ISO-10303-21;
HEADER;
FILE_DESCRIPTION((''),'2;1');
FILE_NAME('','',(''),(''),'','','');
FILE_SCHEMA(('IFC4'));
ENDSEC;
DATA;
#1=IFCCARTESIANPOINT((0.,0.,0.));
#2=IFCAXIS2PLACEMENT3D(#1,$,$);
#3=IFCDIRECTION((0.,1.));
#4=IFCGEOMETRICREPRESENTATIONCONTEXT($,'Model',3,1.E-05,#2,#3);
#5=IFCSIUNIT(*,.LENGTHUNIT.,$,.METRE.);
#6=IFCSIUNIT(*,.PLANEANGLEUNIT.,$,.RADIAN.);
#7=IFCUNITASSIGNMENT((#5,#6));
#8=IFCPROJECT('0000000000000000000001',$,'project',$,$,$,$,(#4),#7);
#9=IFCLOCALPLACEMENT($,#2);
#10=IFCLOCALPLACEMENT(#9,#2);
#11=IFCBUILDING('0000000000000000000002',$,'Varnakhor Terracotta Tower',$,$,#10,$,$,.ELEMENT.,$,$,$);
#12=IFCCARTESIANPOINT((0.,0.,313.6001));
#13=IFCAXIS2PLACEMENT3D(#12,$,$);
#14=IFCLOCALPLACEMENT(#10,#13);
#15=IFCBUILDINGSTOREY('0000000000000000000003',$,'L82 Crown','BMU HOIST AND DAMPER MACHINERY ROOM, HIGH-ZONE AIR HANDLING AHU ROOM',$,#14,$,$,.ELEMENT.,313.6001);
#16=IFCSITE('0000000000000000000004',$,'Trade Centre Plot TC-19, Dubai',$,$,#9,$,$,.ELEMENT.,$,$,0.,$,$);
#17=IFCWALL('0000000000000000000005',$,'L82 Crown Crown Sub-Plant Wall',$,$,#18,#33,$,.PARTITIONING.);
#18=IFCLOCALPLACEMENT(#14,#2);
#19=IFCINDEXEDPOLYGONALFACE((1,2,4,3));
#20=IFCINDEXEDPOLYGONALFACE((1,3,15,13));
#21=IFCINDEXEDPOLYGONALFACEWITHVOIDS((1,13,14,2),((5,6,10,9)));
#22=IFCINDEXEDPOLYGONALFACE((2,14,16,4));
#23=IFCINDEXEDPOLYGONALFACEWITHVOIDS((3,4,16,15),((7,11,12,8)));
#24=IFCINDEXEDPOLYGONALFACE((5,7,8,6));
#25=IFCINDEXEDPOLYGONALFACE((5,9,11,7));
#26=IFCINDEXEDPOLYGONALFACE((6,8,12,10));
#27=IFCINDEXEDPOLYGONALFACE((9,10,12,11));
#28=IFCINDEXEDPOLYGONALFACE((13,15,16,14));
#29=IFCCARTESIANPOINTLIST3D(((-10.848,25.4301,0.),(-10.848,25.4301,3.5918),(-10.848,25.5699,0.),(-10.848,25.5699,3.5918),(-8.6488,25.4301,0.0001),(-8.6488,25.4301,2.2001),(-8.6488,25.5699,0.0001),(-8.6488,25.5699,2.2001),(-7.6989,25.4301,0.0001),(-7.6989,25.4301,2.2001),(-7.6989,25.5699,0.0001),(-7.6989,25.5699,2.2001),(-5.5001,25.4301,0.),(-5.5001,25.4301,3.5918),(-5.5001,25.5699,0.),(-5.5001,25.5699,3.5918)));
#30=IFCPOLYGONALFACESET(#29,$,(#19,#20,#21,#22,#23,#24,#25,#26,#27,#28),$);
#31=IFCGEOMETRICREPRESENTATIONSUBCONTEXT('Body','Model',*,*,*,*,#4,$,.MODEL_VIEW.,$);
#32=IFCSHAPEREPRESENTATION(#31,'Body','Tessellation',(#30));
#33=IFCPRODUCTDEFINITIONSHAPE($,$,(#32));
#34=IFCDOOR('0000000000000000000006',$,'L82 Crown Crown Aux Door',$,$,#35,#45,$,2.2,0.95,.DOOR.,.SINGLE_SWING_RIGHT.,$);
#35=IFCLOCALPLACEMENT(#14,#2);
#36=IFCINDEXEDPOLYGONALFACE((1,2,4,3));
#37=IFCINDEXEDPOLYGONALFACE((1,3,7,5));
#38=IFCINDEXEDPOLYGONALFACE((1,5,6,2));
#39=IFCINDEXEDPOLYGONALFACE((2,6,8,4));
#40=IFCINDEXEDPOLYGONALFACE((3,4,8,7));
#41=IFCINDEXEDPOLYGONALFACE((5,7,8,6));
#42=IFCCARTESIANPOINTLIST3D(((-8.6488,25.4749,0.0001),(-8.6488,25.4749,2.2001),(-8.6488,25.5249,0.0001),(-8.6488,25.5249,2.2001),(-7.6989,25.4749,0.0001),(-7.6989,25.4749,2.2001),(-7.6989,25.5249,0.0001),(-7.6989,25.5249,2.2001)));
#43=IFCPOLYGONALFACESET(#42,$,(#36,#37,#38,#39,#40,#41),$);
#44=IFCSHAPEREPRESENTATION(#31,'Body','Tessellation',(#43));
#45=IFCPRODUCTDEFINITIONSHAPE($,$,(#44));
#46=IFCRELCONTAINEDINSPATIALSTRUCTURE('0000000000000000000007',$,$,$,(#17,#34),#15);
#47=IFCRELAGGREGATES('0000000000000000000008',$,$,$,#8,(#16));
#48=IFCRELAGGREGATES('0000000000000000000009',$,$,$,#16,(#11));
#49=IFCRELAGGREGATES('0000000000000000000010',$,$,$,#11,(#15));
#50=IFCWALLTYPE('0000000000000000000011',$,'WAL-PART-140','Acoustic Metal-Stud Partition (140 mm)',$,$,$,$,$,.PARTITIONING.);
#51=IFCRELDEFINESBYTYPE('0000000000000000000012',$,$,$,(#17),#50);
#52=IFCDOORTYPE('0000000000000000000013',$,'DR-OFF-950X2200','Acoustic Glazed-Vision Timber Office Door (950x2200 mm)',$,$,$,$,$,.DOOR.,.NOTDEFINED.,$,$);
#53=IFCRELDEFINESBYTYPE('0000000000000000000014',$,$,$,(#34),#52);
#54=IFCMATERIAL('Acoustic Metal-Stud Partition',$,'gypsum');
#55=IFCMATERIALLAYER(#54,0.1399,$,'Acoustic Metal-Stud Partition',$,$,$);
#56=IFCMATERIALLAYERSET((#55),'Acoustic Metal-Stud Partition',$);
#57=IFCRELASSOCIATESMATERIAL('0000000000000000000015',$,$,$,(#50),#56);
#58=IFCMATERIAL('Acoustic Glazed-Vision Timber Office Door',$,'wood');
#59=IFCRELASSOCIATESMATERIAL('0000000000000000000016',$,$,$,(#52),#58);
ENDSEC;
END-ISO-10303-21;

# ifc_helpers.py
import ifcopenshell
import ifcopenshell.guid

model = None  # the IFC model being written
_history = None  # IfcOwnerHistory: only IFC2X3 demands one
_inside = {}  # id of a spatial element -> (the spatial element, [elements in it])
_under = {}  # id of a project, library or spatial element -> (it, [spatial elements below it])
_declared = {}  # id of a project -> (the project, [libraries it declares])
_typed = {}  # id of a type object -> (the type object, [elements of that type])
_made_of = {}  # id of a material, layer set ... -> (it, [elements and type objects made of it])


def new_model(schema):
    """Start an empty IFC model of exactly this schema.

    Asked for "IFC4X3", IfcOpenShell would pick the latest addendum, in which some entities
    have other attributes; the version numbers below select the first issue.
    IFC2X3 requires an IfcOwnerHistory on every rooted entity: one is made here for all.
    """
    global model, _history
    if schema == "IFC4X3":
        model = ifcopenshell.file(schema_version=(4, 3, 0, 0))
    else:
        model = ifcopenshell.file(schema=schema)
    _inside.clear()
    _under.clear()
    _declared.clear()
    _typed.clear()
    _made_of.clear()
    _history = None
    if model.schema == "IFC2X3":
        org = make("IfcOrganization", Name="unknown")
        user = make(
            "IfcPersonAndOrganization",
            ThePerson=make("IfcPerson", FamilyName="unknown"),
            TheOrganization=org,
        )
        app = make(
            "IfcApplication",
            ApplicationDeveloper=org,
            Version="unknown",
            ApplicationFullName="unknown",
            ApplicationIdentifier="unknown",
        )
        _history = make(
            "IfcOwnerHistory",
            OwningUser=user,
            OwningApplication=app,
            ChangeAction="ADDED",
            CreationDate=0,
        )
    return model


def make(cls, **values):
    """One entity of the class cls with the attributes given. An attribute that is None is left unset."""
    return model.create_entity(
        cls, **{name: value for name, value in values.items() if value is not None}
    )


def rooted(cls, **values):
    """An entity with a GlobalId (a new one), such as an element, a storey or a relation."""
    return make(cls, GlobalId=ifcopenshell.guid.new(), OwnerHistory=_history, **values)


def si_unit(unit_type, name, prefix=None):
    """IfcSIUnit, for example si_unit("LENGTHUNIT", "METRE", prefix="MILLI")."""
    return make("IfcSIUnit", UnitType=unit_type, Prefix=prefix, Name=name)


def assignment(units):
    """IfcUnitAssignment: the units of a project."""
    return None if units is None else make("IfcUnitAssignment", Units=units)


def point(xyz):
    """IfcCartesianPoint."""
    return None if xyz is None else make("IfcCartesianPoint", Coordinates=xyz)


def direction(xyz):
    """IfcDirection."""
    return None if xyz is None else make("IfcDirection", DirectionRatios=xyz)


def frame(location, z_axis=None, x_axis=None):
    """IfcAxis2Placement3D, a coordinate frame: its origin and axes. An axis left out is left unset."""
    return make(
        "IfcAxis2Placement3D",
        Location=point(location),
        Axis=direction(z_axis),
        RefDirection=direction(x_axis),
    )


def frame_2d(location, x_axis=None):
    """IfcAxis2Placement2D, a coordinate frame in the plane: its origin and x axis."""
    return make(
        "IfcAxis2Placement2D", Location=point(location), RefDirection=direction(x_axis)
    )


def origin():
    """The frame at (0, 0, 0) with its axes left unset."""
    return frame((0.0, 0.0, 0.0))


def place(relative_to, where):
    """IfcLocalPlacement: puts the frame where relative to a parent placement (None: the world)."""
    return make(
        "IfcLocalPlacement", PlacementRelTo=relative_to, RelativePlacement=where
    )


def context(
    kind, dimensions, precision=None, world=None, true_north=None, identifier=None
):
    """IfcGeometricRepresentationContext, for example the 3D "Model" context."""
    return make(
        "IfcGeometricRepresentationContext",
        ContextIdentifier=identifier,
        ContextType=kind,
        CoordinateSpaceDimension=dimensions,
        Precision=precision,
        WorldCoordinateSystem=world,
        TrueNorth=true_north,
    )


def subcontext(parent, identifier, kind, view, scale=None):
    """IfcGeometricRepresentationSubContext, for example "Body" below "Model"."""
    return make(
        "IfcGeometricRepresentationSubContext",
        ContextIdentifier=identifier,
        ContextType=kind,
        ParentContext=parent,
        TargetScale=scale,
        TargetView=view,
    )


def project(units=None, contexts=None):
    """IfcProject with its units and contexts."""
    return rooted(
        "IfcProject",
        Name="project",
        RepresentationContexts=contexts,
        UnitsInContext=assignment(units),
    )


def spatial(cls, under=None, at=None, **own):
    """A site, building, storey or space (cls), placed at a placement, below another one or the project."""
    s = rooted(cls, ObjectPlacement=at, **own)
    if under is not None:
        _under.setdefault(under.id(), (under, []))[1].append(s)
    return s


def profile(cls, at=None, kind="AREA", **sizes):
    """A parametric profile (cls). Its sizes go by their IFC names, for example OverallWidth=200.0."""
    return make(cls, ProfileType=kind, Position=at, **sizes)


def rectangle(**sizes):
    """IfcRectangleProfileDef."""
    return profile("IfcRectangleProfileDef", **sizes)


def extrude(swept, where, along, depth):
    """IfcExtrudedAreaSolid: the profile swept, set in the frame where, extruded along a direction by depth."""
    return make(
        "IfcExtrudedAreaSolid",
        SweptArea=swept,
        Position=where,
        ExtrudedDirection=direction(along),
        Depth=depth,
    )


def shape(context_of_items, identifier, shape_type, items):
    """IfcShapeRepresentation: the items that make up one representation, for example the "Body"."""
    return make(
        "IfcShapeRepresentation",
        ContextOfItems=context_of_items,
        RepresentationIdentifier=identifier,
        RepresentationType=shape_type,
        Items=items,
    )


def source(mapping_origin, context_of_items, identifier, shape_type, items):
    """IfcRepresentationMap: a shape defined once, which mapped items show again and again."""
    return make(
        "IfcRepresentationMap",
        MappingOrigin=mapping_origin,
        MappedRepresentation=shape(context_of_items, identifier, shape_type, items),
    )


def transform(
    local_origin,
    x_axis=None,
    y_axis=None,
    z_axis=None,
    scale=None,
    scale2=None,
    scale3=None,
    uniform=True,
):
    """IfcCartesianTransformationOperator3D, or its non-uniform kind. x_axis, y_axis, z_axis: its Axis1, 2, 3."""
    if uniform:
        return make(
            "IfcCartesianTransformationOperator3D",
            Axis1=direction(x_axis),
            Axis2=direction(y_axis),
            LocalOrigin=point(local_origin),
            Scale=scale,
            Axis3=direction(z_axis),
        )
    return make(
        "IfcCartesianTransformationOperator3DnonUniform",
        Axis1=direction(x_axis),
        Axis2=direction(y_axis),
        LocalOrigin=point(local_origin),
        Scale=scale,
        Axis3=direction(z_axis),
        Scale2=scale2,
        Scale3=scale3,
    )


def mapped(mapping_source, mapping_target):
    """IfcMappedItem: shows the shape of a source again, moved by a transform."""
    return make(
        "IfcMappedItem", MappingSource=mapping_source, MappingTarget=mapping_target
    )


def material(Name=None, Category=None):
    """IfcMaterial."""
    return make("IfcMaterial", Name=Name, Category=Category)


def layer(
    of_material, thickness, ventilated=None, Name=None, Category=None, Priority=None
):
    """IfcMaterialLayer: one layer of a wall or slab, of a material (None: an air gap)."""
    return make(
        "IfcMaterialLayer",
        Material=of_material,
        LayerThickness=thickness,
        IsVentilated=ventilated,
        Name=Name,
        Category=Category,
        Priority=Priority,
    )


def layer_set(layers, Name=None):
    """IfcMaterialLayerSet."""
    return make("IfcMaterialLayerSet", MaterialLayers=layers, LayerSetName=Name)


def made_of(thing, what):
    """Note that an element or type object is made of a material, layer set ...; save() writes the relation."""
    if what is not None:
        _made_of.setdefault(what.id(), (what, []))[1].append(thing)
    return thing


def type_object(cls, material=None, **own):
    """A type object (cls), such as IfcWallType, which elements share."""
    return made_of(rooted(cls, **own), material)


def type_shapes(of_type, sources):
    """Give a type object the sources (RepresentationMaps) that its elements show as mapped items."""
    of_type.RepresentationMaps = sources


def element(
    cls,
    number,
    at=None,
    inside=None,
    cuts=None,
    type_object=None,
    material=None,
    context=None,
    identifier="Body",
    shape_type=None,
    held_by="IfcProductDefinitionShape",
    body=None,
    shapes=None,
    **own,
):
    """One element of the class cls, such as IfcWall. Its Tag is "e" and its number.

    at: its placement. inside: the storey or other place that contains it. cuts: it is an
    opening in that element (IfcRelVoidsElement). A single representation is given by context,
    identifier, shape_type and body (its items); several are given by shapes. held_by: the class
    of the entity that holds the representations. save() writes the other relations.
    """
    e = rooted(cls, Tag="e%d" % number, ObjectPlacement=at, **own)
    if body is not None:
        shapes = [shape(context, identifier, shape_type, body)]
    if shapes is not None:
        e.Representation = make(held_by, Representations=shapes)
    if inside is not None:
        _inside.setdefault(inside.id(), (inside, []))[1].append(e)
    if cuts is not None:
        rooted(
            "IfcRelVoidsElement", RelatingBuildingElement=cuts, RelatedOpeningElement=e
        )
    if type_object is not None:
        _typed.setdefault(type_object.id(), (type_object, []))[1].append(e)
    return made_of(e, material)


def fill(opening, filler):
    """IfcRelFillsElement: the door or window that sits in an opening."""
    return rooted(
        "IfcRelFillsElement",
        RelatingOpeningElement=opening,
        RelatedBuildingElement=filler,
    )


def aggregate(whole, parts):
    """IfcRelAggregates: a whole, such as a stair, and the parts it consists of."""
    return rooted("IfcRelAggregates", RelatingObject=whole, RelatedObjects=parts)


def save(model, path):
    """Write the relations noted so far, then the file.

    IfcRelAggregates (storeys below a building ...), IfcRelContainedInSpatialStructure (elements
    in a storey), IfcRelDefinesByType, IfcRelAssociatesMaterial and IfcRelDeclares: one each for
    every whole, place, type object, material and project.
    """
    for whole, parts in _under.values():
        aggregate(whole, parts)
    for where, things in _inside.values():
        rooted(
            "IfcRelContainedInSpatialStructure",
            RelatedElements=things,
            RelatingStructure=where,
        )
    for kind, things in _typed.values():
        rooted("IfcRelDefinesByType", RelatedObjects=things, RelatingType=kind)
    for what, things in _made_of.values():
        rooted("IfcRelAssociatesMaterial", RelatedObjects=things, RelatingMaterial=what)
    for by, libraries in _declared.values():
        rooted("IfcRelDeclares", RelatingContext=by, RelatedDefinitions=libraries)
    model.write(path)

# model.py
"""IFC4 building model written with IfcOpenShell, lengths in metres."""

from ifc_helpers import new_model, si_unit, direction, frame, frame_2d, origin, place, context, subcontext, project, spatial, rectangle, extrude, source, transform, mapped, material, layer, layer_set, type_object, type_shapes, element, fill, save


model = new_model("IFC4")

# Units and contexts
model_context = context("Model", 3, precision=1e-05, world=origin(), true_north=direction((0.0, 1.0)))
body_context = subcontext(model_context, "Body", "Model", "MODEL_VIEW")
ifc_project = project(units=[si_unit("LENGTHUNIT", "METRE"), si_unit("PLANEANGLEUNIT", "RADIAN")], contexts=[model_context])

# Site, building, storey
site_placement = place(None, origin())
site = spatial("IfcSite", under=ifc_project, at=site_placement, Name="Trade Centre Plot TC-19, Dubai", CompositionType="ELEMENT", RefElevation=0.0)
building_placement = place(site_placement, origin())
building = spatial("IfcBuilding", under=site, at=building_placement, Name="Varnakhor Terracotta Tower", CompositionType="ELEMENT")
storey_placement = place(building_placement, frame((0.0, 0.0, 313.6001)))
storey = spatial("IfcBuildingStorey", under=building, at=storey_placement, Name="L82 Crown", Description="BMU HOIST AND DAMPER MACHINERY ROOM, HIGH-ZONE AIR HANDLING AHU ROOM", CompositionType="ELEMENT", Elevation=313.6001)

# Wall, opening, door
ifc_material_1 = material(Name="Acoustic Metal-Stud Partition", Category="gypsum")
ifc_layer_1 = layer(ifc_material_1, 0.1399, Name="Acoustic Metal-Stud Partition")
ifc_layer_set_1 = layer_set([ifc_layer_1], Name="Acoustic Metal-Stud Partition")
wall_type = type_object("IfcWallType", Name="WAL-PART-140", Description="Acoustic Metal-Stud Partition (140 mm)", PredefinedType="PARTITIONING", material=ifc_layer_set_1)
wall_placement = place(storey_placement, frame((-10.8479, 25.5, 0.0), z_axis=(0.0, 0.0, 1.0), x_axis=(1.0, 0.0, 0.0)))
wall = element("IfcWall", 1, at=wall_placement, inside=storey, type_object=wall_type, Name="L82 Crown Crown Sub-Plant Wall", PredefinedType="PARTITIONING", context=body_context, shape_type="SweptSolid", body=[
    extrude(rectangle(XDim=5.3479, YDim=0.1399, at=frame_2d((2.6738, 0.0))), origin(), (0.0, 0.0, 1.0), 3.5918),
])
opening_placement = place(wall_placement, frame((2.199, 0.0, 0.0)))
opening = element("IfcOpeningElement", 2, at=opening_placement, cuts=wall, PredefinedType="OPENING", context=body_context, shape_type="SweptSolid", body=[
    extrude(rectangle(XDim=0.95, YDim=2.2, at=frame_2d((0.4751, 1.1001))), frame((0.0, 0.0801, 0.0), z_axis=(0.0, -1.0, 0.0), x_axis=(1.0, 0.0, 0.0)), (0.0, 0.0, 1.0), 0.1599),
])
ifc_material_2 = material(Name="Acoustic Glazed-Vision Timber Office Door", Category="wood")
door_type = type_object("IfcDoorType", Name="DR-OFF-950X2200", Description="Acoustic Glazed-Vision Timber Office Door (950x2200 mm)", OperationType="NOTDEFINED", PredefinedType="DOOR", material=ifc_material_2)
shared_shape_1 = source(origin(), body_context, "Body", "SweptSolid", [
    extrude(rectangle(XDim=0.95, YDim=2.2, at=frame_2d((0.4751, 1.1001))), frame((0.0, 0.0249, 0.0), z_axis=(0.0, -1.0, 0.0), x_axis=(1.0, 0.0, 0.0)), (0.0, 0.0, 1.0), 0.05),
])
type_shapes(door_type, [shared_shape_1])
door_placement = place(opening_placement, origin())
door = element("IfcDoor", 3, at=door_placement, inside=storey, type_object=door_type, Name="L82 Crown Crown Aux Door", OperationType="SINGLE_SWING_RIGHT", OverallHeight=2.2, OverallWidth=0.95, PredefinedType="DOOR", context=body_context, shape_type="MappedRepresentation", body=[
    mapped(shared_shape_1, transform((0.0, 0.0, 0.0), scale=1.0)),
])
fill(opening, door)

save(model, "model.ifc")
